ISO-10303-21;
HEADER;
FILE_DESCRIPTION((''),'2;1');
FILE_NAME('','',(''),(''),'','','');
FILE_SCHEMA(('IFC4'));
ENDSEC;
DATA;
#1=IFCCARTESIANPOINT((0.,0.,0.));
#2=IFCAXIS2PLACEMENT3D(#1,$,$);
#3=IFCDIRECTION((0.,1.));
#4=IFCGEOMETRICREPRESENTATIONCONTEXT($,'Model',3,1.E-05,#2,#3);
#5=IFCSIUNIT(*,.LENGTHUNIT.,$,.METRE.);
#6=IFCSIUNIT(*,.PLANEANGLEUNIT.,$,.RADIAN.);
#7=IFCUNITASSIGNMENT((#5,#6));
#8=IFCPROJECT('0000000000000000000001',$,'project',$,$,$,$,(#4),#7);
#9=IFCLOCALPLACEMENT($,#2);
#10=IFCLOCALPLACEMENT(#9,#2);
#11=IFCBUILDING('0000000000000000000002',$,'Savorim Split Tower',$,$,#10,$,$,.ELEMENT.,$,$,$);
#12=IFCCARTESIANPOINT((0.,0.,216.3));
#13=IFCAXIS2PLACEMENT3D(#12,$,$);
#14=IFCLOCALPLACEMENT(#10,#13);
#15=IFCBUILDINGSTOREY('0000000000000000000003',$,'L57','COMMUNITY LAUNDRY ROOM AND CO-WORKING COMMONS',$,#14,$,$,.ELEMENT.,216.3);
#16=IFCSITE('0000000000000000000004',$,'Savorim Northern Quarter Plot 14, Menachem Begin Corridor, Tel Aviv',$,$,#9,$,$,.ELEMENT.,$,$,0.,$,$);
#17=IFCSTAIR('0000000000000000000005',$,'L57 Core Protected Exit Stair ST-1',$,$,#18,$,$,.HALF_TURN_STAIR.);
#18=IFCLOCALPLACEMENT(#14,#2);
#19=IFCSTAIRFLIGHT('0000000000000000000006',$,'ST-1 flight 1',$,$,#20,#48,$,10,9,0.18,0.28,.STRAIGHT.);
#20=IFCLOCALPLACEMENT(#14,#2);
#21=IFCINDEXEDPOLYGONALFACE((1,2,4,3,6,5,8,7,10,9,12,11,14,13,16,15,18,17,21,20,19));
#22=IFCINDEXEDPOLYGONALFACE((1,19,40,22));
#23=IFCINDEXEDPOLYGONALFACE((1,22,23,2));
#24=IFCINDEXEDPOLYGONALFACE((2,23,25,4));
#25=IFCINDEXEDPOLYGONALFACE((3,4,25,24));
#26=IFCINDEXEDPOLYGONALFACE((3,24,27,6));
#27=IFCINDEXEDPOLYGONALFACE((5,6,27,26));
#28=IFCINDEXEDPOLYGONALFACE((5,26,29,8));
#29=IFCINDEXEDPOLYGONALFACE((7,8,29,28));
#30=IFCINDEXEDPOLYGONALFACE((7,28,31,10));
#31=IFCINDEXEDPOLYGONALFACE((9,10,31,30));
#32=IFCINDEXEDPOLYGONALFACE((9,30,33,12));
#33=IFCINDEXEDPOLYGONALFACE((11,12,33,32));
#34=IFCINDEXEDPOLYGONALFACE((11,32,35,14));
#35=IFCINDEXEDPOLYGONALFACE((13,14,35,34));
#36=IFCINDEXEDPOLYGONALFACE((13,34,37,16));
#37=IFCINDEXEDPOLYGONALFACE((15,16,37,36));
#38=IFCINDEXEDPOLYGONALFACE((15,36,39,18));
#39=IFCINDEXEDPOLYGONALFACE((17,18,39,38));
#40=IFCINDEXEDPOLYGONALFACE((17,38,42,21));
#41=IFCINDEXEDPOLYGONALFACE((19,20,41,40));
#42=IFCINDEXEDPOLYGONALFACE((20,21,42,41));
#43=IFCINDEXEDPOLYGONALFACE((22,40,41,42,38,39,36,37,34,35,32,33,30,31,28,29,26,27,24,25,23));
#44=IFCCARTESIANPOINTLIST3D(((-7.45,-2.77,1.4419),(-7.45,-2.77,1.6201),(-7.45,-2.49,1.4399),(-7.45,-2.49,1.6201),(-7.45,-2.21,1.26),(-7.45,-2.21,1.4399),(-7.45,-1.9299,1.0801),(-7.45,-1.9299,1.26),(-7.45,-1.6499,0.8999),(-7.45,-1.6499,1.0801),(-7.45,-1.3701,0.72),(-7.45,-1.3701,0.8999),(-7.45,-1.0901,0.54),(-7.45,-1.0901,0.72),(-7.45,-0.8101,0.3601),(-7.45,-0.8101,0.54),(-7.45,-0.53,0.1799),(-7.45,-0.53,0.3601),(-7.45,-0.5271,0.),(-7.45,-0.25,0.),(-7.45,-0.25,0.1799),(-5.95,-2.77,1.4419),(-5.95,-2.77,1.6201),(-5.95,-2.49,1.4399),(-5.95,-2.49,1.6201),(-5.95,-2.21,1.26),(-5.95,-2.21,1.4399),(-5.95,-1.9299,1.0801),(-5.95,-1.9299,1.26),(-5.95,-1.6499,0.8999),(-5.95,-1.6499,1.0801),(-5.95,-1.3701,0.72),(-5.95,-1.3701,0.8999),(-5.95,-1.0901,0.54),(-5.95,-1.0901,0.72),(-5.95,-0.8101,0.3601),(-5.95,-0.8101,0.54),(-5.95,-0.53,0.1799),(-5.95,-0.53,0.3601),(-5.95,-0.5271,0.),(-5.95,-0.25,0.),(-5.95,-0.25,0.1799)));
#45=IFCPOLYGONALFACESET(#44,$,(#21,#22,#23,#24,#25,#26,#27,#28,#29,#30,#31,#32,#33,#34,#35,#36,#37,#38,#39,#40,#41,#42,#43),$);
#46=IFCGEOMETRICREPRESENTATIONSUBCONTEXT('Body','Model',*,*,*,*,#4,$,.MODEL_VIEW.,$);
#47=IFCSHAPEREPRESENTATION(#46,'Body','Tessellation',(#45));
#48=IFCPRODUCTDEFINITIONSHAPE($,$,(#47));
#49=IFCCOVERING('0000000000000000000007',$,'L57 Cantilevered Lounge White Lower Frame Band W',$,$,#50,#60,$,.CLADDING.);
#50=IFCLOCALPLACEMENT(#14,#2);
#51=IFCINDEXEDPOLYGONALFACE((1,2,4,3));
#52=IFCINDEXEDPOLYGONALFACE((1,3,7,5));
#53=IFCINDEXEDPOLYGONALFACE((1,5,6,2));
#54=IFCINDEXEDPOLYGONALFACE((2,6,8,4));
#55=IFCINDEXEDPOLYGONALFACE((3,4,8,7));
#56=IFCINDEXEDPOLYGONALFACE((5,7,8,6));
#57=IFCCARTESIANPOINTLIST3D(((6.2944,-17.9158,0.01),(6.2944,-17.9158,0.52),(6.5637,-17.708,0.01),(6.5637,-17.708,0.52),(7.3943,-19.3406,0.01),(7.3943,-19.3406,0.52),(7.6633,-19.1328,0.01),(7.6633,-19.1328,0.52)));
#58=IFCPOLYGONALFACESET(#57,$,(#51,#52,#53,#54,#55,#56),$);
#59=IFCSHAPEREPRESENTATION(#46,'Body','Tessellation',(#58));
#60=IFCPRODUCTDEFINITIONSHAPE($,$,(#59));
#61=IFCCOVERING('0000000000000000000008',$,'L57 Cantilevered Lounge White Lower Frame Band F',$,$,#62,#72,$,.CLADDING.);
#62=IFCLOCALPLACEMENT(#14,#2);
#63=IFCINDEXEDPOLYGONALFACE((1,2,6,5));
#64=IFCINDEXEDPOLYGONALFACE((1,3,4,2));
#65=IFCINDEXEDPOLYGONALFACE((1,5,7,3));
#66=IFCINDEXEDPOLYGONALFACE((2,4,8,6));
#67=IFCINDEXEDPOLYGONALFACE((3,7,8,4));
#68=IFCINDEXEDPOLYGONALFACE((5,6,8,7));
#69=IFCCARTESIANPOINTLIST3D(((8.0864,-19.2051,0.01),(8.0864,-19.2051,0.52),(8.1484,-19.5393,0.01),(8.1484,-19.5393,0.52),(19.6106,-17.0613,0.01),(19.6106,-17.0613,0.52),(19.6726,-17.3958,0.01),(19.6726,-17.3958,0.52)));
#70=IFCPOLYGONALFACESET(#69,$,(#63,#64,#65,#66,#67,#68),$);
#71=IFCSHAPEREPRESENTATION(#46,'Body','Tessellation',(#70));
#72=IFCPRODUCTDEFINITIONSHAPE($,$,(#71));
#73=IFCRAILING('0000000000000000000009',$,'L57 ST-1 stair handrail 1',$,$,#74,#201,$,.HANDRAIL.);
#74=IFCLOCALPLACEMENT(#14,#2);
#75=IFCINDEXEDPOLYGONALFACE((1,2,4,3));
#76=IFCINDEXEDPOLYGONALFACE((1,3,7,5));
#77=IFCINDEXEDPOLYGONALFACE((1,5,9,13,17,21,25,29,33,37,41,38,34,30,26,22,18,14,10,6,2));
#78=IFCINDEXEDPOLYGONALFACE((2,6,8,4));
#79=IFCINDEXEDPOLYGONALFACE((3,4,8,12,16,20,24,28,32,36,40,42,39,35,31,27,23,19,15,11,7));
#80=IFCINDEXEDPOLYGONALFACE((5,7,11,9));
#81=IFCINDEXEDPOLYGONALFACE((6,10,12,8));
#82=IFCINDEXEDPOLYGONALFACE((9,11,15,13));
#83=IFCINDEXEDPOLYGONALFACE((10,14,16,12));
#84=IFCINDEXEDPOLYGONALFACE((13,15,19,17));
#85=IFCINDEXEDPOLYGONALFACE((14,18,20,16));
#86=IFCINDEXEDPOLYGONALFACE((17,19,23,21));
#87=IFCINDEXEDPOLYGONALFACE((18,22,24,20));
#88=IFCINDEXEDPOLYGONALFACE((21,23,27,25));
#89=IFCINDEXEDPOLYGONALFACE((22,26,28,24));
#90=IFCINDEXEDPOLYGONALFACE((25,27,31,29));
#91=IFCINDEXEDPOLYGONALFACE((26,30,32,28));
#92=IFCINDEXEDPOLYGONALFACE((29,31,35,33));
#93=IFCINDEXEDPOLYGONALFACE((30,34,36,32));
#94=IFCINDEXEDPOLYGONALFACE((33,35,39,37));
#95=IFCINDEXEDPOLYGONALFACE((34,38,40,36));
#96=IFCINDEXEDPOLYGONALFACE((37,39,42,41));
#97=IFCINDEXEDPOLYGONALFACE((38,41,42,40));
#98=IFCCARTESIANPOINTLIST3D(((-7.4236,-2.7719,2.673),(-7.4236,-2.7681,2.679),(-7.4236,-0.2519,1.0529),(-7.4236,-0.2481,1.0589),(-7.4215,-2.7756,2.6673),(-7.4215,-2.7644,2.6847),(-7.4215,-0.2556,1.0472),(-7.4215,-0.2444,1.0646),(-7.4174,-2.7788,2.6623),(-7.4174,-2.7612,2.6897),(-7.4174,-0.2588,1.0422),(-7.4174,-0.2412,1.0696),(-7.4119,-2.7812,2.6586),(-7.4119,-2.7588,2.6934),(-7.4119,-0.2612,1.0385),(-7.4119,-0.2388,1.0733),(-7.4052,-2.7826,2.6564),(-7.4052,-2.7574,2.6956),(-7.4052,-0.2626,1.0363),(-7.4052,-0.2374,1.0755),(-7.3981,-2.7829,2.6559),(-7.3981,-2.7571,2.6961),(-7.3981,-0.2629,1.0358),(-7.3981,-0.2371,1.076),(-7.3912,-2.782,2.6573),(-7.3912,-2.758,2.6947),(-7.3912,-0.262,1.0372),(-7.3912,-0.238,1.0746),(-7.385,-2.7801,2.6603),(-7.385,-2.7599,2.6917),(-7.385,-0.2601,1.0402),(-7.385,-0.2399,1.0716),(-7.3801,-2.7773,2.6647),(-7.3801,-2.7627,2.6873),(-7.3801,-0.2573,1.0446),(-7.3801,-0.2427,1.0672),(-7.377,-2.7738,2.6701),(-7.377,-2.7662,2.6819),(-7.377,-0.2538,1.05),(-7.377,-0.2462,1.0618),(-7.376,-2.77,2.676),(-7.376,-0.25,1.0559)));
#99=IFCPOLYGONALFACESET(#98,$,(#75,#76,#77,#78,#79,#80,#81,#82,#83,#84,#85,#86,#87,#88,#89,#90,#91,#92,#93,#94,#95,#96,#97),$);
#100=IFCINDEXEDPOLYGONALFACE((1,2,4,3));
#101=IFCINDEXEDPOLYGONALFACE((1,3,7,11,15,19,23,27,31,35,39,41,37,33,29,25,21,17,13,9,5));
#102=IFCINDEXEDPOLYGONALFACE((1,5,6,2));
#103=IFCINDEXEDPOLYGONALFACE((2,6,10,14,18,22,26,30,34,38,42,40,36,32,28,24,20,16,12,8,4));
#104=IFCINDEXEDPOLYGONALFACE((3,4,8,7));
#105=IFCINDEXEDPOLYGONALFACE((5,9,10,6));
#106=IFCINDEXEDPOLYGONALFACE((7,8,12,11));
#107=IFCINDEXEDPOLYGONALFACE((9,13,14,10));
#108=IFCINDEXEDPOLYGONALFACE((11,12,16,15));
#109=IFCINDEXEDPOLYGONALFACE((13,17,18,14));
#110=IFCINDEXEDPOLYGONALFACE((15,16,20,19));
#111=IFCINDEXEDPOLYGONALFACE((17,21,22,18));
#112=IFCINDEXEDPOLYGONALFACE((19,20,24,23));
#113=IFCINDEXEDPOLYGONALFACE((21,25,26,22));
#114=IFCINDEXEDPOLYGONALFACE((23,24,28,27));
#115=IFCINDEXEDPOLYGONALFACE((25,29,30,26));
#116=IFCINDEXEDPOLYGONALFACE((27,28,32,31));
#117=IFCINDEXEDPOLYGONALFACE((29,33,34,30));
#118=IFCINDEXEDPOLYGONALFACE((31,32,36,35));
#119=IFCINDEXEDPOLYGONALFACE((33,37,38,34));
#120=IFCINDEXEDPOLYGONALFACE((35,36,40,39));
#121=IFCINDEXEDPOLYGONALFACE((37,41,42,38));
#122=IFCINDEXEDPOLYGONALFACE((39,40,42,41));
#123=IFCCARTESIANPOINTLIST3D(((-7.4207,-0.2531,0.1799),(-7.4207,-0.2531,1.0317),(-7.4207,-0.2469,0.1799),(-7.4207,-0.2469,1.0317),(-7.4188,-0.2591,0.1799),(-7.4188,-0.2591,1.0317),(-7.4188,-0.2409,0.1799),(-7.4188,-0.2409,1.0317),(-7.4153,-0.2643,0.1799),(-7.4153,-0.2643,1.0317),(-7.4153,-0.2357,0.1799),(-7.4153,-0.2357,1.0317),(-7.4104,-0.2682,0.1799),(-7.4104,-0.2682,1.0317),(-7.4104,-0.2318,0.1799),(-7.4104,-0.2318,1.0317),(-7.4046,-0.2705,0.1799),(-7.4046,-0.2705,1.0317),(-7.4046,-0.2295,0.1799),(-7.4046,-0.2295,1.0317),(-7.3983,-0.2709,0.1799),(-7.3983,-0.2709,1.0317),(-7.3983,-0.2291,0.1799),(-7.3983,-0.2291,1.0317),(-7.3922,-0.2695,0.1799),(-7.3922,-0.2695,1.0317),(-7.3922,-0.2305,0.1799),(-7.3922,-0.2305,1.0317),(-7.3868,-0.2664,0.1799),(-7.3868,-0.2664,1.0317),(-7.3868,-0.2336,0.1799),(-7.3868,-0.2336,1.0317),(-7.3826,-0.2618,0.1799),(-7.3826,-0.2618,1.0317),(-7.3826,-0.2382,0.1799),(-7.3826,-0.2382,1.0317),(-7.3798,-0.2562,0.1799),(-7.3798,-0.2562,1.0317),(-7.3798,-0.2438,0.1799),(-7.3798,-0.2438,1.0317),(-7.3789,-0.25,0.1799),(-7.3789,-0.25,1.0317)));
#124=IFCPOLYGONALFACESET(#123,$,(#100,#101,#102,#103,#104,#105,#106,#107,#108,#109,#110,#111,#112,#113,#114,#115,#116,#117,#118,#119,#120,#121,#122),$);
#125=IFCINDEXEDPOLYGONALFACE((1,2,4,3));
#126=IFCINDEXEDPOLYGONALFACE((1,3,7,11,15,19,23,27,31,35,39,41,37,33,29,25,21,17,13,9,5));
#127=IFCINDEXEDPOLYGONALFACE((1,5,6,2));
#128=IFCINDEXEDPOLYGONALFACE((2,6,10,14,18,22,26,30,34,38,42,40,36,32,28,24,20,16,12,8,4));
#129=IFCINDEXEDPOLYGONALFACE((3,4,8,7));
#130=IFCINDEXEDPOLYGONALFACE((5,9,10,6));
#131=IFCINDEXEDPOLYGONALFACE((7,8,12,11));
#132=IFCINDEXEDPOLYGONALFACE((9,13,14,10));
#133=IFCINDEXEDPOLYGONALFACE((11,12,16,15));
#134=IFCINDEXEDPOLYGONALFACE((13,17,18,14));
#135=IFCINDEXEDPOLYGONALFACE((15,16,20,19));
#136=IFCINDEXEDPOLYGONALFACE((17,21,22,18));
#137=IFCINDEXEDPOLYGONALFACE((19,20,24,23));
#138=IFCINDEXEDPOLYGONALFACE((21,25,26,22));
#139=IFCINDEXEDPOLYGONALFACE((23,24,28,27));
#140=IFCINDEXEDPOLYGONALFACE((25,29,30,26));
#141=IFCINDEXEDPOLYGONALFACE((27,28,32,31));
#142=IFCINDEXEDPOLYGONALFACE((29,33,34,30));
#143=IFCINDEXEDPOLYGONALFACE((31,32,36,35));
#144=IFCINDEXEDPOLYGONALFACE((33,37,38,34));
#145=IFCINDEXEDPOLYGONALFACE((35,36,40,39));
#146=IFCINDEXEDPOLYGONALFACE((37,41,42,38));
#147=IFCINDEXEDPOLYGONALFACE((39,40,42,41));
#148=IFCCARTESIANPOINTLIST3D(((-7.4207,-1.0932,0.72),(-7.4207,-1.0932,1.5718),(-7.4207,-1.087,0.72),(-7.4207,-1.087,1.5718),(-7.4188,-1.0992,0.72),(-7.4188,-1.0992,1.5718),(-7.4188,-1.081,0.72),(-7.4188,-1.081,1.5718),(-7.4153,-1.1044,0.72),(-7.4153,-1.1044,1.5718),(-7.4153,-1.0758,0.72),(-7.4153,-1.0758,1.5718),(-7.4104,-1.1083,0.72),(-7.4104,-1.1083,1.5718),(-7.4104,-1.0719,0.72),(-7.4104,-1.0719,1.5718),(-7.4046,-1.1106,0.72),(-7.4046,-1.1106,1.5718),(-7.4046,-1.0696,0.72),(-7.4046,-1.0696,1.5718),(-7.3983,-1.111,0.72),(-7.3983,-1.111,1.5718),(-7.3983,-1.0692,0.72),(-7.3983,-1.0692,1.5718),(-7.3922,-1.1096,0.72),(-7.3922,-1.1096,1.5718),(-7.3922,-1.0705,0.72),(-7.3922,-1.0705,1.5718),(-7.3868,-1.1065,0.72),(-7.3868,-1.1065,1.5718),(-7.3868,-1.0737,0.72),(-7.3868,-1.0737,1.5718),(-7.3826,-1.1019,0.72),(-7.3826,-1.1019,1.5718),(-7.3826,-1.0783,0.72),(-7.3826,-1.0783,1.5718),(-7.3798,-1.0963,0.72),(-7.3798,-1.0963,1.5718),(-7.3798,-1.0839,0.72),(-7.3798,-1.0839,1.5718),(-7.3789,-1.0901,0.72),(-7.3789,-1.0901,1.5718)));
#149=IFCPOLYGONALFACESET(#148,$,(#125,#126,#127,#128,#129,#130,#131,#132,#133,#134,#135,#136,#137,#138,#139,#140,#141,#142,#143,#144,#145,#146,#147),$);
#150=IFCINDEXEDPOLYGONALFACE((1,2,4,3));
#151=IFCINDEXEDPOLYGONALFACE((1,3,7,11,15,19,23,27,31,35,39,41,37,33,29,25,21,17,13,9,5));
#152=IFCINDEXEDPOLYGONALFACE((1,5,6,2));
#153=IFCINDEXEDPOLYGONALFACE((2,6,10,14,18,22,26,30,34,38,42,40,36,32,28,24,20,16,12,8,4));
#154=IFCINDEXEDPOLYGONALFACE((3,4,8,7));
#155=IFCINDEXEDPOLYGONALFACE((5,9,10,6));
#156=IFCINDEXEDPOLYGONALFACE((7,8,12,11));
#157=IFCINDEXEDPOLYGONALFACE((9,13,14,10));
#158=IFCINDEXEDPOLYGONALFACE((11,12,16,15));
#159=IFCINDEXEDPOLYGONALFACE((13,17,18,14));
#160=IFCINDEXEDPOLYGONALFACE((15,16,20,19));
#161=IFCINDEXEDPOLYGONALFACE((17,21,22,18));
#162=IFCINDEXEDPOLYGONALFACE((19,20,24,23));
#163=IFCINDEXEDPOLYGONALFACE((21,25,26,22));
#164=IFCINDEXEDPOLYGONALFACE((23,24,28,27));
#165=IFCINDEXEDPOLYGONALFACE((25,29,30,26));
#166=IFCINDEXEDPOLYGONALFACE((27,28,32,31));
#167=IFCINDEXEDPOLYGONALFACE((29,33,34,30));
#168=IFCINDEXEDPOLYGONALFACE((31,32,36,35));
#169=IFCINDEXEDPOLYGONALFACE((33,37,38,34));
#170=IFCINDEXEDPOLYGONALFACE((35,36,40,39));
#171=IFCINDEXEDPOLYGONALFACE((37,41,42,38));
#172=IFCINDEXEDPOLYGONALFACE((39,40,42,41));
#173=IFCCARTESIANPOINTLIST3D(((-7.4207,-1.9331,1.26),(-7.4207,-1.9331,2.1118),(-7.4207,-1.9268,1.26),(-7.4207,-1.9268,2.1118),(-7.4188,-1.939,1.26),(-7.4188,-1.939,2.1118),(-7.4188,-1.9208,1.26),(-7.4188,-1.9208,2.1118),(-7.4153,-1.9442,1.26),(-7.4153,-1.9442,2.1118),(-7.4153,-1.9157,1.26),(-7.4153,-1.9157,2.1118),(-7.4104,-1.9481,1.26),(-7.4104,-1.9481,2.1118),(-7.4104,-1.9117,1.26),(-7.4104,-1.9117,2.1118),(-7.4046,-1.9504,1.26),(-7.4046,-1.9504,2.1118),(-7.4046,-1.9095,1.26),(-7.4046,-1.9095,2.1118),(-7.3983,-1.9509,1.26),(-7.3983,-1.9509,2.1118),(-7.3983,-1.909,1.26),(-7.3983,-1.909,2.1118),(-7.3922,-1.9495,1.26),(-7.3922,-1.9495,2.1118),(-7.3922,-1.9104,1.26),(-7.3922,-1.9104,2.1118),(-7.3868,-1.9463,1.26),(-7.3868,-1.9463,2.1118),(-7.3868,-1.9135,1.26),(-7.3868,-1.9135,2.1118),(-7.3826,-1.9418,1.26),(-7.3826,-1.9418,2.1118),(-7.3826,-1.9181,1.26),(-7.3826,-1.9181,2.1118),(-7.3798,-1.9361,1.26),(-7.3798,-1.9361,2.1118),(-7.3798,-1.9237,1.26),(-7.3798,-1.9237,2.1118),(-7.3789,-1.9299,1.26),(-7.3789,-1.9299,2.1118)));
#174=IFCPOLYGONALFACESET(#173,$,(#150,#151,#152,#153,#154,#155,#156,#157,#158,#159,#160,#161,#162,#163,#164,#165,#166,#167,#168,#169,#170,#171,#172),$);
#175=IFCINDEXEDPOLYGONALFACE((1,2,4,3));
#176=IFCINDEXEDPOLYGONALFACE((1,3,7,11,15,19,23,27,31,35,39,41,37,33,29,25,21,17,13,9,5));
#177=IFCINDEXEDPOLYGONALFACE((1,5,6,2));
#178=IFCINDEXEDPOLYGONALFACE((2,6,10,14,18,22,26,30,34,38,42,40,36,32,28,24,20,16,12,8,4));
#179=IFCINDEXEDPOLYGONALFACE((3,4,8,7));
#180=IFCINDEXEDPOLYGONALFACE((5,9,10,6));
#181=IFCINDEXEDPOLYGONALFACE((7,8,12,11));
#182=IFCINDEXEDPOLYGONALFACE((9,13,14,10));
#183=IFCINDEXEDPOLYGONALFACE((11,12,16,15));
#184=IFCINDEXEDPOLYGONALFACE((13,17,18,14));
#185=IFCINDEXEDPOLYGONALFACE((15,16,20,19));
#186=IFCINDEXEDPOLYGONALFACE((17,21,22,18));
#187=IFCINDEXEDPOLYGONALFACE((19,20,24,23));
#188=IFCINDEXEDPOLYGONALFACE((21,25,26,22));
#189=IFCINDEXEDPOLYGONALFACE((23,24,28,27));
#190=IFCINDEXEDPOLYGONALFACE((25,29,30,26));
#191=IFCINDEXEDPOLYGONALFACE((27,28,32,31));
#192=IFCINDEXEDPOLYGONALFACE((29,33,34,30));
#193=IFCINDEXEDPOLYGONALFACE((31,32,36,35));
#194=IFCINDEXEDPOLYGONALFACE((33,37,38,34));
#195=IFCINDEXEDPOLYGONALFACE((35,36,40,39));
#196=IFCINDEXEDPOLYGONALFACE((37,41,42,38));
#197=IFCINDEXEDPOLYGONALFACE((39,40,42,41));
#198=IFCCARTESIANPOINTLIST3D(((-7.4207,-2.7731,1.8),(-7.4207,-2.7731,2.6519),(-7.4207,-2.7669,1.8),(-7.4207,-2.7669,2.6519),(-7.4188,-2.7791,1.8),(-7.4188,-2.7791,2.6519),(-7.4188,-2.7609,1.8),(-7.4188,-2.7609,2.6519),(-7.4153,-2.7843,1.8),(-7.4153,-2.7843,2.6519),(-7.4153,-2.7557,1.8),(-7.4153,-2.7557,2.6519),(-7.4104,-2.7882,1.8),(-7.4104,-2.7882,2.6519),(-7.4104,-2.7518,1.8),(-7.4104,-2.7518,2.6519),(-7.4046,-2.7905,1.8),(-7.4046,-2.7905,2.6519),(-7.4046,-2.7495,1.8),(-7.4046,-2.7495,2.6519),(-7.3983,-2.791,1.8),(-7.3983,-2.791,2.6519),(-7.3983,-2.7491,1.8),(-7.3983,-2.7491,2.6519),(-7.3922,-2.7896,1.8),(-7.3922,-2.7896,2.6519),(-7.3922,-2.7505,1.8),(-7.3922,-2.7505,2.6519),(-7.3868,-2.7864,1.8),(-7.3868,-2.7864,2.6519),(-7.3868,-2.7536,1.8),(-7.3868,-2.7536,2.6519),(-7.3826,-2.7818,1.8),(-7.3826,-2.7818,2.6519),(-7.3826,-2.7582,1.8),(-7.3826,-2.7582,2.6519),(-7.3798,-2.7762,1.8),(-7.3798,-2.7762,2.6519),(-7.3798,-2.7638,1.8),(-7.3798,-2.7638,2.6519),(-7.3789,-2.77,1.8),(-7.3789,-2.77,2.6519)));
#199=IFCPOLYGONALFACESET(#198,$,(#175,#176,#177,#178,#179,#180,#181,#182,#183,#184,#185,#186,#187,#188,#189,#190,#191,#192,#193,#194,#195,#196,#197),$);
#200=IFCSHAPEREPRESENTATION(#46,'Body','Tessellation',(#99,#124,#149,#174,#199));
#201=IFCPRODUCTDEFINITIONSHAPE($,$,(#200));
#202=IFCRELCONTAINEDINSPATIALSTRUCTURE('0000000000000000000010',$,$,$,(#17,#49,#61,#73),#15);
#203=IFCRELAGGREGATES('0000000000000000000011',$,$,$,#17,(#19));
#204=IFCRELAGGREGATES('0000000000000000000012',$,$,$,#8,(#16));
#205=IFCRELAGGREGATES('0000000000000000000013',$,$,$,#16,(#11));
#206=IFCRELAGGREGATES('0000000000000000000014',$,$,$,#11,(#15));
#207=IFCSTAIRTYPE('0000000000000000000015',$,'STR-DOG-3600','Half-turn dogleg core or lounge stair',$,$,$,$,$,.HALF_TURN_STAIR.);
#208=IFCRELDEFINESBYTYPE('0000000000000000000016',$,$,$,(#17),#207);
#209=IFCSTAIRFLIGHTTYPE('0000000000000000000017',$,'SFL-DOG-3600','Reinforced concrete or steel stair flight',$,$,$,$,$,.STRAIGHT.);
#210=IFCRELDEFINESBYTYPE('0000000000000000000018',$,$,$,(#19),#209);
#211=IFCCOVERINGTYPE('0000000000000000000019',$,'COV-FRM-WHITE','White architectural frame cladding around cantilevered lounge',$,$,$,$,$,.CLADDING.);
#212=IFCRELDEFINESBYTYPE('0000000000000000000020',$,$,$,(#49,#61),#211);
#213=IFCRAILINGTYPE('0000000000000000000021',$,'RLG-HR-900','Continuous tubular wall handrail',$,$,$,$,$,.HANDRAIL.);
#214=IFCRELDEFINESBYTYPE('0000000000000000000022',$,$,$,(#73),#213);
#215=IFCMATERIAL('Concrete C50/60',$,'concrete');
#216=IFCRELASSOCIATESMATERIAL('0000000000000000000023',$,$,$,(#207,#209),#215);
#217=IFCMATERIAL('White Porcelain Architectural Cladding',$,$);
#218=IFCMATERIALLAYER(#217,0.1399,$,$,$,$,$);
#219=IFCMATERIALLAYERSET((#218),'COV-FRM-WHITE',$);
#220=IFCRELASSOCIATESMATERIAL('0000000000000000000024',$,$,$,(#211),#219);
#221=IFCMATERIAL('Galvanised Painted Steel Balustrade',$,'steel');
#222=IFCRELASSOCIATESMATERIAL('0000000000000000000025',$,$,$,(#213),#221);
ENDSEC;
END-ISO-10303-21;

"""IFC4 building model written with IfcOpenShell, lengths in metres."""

from ifc_helpers import new_model, si_unit, direction, frame, origin, origin_2d, place, context, subcontext, project, spatial, polyline, circle, outline, extrude, material, layer, layer_set, type_object, element, aggregate, save


model = new_model("IFC4")

# Units and contexts
model_context = context("Model", 3, precision=1e-05, world=origin(), true_north=direction((0.0, 1.0)))
body_context = subcontext(model_context, "Body", "Model", "MODEL_VIEW")
ifc_project = project(units=[si_unit("LENGTHUNIT", "METRE"), si_unit("PLANEANGLEUNIT", "RADIAN")], contexts=[model_context])

# Site, building, storey
site_placement = place(None, origin())
site = spatial("IfcSite", under=ifc_project, at=site_placement, Name="Savorim Northern Quarter Plot 14, Menachem Begin Corridor, Tel Aviv", CompositionType="ELEMENT", RefElevation=0.0)
building_placement = place(site_placement, origin())
building = spatial("IfcBuilding", under=site, at=building_placement, Name="Savorim Split Tower", CompositionType="ELEMENT")
storey_placement = place(building_placement, frame((0.0, 0.0, 216.3)))
storey = spatial("IfcBuildingStorey", under=building, at=storey_placement, Name="L57", Description="COMMUNITY LAUNDRY ROOM AND CO-WORKING COMMONS", CompositionType="ELEMENT", Elevation=216.3)

# Shared definitions
ifc_material_1 = material(Name="Concrete C50/60", Category="concrete")

# Stair, stair flight
stair_type = type_object("IfcStairType", Name="STR-DOG-3600", Description="Half-turn dogleg core or lounge stair", PredefinedType="HALF_TURN_STAIR", material=ifc_material_1)
stair_placement = place(storey_placement, origin())
stair = element("IfcStair", 1, at=stair_placement, inside=storey, type_object=stair_type, Name="L57 Core Protected Exit Stair ST-1", PredefinedType="HALF_TURN_STAIR")
stair_flight_type = type_object("IfcStairFlightType", Name="SFL-DOG-3600", Description="Reinforced concrete or steel stair flight", PredefinedType="STRAIGHT", material=ifc_material_1)
stair_flight_placement = place(storey_placement, frame((-6.7, -0.25, 0.0), z_axis=(0.0, 0.0, 1.0), x_axis=(0.0, -1.0, 0.0)))
stair_flight = element("IfcStairFlight", 2, at=stair_flight_placement, type_object=stair_flight_type, Name="ST-1 flight 1", NumberOfRisers=10, NumberOfTreads=9, PredefinedType="STRAIGHT", RiserHeight=0.18, TreadLength=0.28, context=body_context, shape_type="SweptSolid", body=[
    extrude(outline(polyline([(0.0, 0.0), (0.0, 0.1799), (0.28, 0.1799), (0.28, 0.3601), (0.5601, 0.3601), (0.5601, 0.54), (0.8401, 0.54), (0.8401, 0.72), (1.1201, 0.72), (1.1201, 0.8999), (1.3999, 0.8999), (1.3999, 1.0801), (1.6799, 1.0801), (1.6799, 1.26), (1.96, 1.26), (1.96, 1.4399), (2.24, 1.4399), (2.24, 1.6201), (2.52, 1.6201), (2.52, 1.8), (2.52, 1.4419), (0.2771, 0.0), (0.0, 0.0)])), frame((0.0, 0.75, 0.0), z_axis=(0.0, -1.0, 0.0), x_axis=(1.0, 0.0, 0.0)), (0.0, 0.0, 1.0), 1.5),
])
aggregate(stair, [stair_flight])

# Coverings
ifc_material_2 = material(Name="White Porcelain Architectural Cladding")
ifc_layer_1 = layer(ifc_material_2, 0.1399)
ifc_layer_set_1 = layer_set([ifc_layer_1], Name="COV-FRM-WHITE")
covering_type = type_object("IfcCoveringType", Name="COV-FRM-WHITE", Description="White architectural frame cladding around cantilevered lounge", PredefinedType="CLADDING", material=ifc_layer_set_1)
covering_1_placement = place(storey_placement, frame((0.0, 0.0, 0.01)))
element("IfcCovering", 3, at=covering_1_placement, inside=storey, type_object=covering_type, Name="L57 Cantilevered Lounge White Lower Frame Band W", PredefinedType="CLADDING", context=body_context, shape_type="SweptSolid", body=[
    extrude(outline(polyline([(6.2944, -17.9158), (7.3943, -19.3406), (7.6633, -19.1328), (6.5637, -17.708), (6.2944, -17.9158)])), origin(), (0.0, 0.0, 1.0), 0.51),
])
covering_2_placement = place(storey_placement, frame((0.0, 0.0, 0.01)))
element("IfcCovering", 4, at=covering_2_placement, inside=storey, type_object=covering_type, Name="L57 Cantilevered Lounge White Lower Frame Band F", PredefinedType="CLADDING", context=body_context, shape_type="SweptSolid", body=[
    extrude(outline(polyline([(8.1484, -19.5393), (19.6726, -17.3958), (19.6106, -17.0613), (8.0864, -19.2051), (8.1484, -19.5393)])), origin(), (0.0, 0.0, 1.0), 0.51),
])

# Railing
ifc_material_3 = material(Name="Galvanised Painted Steel Balustrade", Category="steel")
railing_type_1 = type_object("IfcRailingType", Name="RLG-HR-900", Description="Continuous tubular wall handrail", PredefinedType="HANDRAIL", material=ifc_material_3)
railing_1_placement = place(storey_placement, frame((-7.3999, -0.25, 0.1799)))
element("IfcRailing", 5, at=railing_1_placement, inside=storey, type_object=railing_type_1, Name="L57 ST-1 stair handrail 1", PredefinedType="HANDRAIL", context=body_context, shape_type="SweptSolid", body=[
    extrude(circle(Radius=0.0239, at=origin_2d()), frame((0.0, 0.0, 0.876), z_axis=(0.0, -0.841163, 0.540782), x_axis=(1.0, 0.0, 0.0)), (0.0, 0.0, 1.0), 2.9958),
    extrude(circle(Radius=0.021, at=origin_2d()), origin(), (0.0, 0.0, 1.0), 0.8518),
    extrude(circle(Radius=0.021, at=origin_2d()), frame((0.0, -0.8401, 0.54)), (0.0, 0.0, 1.0), 0.8518),
    extrude(circle(Radius=0.021, at=origin_2d()), frame((0.0, -1.6799, 1.0801)), (0.0, 0.0, 1.0), 0.8518),
    extrude(circle(Radius=0.021, at=origin_2d()), frame((0.0, -2.52, 1.6201)), (0.0, 0.0, 1.0), 0.8518),
])

save(model, "model.ifc")
